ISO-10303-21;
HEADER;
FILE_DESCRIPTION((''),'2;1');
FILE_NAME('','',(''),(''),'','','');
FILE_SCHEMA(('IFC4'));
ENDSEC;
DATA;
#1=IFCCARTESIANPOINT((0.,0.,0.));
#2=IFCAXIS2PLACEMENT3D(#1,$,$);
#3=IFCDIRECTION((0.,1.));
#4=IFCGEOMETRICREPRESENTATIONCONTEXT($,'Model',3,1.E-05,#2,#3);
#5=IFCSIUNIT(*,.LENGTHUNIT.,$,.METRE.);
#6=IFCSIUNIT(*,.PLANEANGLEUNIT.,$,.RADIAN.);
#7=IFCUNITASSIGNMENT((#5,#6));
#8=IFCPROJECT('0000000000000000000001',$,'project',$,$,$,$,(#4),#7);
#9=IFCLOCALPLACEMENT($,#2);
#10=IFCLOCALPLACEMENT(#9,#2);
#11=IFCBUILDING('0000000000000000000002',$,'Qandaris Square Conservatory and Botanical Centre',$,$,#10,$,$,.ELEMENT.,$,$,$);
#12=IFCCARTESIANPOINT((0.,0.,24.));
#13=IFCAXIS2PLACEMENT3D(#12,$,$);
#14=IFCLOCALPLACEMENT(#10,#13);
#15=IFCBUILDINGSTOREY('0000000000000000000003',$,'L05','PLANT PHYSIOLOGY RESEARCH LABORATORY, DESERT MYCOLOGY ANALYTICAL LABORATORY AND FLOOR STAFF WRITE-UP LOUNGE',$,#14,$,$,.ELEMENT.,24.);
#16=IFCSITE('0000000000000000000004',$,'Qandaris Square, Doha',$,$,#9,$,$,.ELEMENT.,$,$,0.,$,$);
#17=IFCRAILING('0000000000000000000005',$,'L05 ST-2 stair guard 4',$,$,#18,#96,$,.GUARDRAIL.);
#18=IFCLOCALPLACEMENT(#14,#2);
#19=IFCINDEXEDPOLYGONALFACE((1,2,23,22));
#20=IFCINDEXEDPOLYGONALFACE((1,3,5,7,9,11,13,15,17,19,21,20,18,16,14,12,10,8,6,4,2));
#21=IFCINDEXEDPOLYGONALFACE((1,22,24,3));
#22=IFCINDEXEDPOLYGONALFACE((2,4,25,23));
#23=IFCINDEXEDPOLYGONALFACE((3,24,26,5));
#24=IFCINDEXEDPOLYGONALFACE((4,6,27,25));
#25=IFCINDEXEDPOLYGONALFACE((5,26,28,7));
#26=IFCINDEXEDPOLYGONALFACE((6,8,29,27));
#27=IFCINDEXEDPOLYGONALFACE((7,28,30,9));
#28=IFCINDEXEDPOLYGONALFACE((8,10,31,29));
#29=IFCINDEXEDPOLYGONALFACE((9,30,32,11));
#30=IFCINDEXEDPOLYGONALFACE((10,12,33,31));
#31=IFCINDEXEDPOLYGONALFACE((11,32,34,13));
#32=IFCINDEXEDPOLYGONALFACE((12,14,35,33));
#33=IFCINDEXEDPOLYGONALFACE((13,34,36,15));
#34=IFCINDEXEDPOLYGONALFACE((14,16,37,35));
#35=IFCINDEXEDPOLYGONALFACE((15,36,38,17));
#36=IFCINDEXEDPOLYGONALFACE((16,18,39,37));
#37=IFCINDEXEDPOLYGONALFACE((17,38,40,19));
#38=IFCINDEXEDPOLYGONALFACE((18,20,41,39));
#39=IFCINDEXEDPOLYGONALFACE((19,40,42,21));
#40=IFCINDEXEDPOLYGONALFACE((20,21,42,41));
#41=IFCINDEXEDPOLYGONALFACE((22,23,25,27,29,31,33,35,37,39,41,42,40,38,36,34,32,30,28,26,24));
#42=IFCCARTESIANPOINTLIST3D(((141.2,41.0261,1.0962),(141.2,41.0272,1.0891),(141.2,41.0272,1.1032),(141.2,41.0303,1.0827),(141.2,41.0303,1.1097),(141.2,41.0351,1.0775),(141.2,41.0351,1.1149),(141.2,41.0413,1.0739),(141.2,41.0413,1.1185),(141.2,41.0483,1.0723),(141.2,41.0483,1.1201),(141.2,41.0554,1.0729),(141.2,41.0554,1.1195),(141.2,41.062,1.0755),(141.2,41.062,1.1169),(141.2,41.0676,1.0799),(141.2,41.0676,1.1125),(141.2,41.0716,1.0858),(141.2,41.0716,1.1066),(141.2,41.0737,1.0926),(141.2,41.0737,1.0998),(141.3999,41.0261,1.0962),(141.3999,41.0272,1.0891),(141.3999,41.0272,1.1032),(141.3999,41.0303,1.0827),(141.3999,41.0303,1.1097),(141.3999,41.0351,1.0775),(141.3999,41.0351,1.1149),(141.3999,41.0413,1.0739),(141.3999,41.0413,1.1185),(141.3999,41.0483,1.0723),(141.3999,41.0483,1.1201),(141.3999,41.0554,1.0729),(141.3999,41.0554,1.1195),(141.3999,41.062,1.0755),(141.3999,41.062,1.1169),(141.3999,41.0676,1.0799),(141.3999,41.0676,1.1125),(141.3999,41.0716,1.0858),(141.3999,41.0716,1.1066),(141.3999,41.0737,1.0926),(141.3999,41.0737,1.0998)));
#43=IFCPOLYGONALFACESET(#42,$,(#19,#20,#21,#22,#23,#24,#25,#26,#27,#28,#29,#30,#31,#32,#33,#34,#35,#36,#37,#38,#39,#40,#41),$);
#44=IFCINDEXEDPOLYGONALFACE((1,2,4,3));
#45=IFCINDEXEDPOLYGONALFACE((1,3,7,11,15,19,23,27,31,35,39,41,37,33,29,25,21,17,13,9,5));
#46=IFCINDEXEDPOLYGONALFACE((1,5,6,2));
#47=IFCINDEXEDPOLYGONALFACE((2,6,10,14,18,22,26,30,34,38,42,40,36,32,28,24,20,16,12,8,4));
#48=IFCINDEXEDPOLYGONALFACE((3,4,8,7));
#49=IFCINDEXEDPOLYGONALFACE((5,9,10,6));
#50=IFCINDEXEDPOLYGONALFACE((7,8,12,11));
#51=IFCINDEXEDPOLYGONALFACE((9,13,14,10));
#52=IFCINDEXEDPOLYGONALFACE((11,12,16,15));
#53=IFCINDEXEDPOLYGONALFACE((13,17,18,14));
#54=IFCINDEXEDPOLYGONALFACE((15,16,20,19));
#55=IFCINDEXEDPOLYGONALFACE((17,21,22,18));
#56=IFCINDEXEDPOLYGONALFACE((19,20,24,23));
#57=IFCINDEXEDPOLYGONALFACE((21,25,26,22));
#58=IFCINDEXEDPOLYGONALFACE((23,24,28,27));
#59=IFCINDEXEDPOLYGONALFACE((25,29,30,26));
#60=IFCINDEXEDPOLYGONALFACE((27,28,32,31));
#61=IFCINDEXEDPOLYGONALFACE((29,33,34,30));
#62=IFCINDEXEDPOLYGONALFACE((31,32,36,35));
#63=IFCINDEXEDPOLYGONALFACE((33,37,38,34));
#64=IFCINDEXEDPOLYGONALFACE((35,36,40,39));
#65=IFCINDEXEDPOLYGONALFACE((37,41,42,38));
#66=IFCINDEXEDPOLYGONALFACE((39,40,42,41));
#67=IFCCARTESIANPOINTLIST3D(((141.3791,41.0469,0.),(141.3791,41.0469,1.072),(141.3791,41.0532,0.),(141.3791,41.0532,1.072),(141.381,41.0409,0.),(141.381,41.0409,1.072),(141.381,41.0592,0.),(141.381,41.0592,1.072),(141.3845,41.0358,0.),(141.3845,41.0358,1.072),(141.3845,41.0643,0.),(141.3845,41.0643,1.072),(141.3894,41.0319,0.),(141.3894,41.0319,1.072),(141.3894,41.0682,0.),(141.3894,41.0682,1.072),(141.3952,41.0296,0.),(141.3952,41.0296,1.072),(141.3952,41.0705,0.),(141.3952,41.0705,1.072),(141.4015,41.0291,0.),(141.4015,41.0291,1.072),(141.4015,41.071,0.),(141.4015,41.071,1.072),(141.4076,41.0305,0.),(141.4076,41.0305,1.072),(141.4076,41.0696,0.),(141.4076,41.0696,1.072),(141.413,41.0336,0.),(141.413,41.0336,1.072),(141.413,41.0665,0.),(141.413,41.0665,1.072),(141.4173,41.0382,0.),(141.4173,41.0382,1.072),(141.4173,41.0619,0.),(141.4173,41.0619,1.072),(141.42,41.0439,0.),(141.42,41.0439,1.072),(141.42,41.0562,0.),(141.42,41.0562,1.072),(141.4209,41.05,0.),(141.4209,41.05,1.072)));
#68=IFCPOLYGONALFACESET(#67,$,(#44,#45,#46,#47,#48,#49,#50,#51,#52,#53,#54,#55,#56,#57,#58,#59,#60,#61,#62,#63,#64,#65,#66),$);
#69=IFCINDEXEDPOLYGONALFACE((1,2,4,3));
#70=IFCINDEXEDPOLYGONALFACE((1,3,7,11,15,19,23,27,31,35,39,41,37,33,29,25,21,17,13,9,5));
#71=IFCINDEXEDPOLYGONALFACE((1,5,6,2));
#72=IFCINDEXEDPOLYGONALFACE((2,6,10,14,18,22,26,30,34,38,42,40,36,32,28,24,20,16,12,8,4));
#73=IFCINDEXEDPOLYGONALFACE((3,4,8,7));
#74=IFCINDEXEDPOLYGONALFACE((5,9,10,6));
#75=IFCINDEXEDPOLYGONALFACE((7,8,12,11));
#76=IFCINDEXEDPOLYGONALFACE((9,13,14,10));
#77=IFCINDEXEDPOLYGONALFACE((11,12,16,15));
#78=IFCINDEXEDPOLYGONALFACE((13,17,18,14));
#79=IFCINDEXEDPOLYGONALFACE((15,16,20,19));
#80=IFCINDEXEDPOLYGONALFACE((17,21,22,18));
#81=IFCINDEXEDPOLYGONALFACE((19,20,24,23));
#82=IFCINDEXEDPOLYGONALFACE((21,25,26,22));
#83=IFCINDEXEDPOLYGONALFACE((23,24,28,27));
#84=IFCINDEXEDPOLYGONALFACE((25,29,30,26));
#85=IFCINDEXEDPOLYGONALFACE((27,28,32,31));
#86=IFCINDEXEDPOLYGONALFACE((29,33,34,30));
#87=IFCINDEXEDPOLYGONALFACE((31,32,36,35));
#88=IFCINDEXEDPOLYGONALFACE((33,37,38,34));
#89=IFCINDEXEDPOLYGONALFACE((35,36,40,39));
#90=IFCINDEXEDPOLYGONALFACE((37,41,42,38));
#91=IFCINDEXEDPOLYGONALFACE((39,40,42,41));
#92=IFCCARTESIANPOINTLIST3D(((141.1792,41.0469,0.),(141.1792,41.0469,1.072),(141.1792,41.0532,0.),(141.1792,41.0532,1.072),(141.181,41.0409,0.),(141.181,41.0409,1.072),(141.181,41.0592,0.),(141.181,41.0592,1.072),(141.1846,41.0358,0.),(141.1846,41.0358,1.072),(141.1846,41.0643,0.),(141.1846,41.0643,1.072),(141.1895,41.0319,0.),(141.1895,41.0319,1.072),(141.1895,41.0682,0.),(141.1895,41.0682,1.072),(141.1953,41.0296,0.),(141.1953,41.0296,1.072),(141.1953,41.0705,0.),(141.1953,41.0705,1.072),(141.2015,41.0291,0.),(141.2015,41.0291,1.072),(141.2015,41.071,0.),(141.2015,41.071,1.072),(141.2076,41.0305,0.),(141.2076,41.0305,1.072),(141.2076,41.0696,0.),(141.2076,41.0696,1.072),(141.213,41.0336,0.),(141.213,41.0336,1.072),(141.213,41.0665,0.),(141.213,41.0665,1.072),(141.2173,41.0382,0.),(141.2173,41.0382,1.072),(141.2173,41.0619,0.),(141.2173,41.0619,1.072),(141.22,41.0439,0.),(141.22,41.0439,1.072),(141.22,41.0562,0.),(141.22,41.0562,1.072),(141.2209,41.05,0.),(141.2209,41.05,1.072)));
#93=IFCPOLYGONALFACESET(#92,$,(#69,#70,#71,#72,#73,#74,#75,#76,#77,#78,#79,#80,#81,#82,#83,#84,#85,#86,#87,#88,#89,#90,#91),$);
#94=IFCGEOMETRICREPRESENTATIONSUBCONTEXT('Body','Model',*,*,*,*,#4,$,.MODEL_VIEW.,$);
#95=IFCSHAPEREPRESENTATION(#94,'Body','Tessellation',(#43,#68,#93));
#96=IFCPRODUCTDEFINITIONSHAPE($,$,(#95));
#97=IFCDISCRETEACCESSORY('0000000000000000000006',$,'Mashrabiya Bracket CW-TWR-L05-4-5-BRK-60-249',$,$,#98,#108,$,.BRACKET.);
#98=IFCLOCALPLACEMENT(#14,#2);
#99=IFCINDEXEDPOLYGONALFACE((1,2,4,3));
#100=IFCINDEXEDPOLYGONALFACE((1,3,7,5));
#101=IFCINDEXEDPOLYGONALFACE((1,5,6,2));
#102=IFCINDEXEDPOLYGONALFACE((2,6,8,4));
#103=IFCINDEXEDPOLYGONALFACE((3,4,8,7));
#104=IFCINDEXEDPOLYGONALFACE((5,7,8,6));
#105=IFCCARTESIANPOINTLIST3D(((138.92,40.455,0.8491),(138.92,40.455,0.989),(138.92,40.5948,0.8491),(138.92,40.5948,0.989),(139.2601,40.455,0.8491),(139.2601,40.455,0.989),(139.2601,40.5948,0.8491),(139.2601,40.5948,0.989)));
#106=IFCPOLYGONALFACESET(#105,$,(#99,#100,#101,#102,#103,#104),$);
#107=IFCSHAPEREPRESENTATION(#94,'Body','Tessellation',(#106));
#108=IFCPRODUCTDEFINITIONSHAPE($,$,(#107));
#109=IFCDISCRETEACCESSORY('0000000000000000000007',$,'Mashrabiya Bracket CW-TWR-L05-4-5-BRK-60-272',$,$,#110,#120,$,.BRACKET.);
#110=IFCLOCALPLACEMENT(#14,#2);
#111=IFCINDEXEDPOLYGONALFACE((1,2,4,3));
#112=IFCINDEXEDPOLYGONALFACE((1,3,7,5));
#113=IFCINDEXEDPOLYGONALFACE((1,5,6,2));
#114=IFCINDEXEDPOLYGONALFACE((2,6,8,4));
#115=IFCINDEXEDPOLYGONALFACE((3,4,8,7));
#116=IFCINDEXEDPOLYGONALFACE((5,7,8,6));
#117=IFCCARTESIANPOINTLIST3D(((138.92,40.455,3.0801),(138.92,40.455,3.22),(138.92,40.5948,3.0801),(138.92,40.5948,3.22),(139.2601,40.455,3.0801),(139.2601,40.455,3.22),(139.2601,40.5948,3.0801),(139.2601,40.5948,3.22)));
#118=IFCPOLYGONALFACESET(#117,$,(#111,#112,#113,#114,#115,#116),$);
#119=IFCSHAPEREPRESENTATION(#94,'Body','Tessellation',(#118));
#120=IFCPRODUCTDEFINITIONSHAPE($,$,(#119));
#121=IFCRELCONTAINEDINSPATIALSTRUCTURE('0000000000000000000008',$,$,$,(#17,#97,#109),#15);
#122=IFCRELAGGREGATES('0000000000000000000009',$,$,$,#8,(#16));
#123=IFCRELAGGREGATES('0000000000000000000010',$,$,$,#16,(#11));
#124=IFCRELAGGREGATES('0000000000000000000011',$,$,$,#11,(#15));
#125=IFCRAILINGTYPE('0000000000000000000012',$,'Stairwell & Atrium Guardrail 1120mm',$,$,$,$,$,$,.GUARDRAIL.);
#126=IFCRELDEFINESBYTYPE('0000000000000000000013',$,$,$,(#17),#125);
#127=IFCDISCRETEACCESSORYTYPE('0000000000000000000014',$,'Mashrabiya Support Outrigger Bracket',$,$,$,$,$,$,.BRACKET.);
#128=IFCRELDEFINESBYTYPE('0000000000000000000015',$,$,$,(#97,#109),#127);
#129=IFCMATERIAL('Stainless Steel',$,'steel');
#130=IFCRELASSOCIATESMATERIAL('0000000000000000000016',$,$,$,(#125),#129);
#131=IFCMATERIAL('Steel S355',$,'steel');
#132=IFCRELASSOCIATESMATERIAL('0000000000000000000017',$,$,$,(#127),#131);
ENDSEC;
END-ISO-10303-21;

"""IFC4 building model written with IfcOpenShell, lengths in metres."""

from ifc_helpers import new_model, si_unit, direction, frame, origin, origin_2d, place, context, subcontext, project, spatial, rectangle, circle, extrude, material, type_object, element, save


model = new_model("IFC4")

# Units and contexts
model_context = context("Model", 3, precision=1e-05, world=origin(), true_north=direction((0.0, 1.0)))
body_context = subcontext(model_context, "Body", "Model", "MODEL_VIEW")
ifc_project = project(units=[si_unit("LENGTHUNIT", "METRE"), si_unit("PLANEANGLEUNIT", "RADIAN")], contexts=[model_context])

# Site, building, storey
site_placement = place(None, origin())
site = spatial("IfcSite", under=ifc_project, at=site_placement, Name="Qandaris Square, Doha", CompositionType="ELEMENT", RefElevation=0.0)
building_placement = place(site_placement, origin())
building = spatial("IfcBuilding", under=site, at=building_placement, Name="Qandaris Square Conservatory and Botanical Centre", CompositionType="ELEMENT")
storey_placement = place(building_placement, frame((0.0, 0.0, 24.0)))
storey = spatial("IfcBuildingStorey", under=building, at=storey_placement, Name="L05", Description="PLANT PHYSIOLOGY RESEARCH LABORATORY, DESERT MYCOLOGY ANALYTICAL LABORATORY AND FLOOR STAFF WRITE-UP LOUNGE", CompositionType="ELEMENT", Elevation=24.0)

# Shared definitions
ifc_material_1 = material(Name="Steel S355", Category="steel")

# Railing
ifc_material_2 = material(Name="Stainless Steel", Category="steel")
railing_type_1 = type_object("IfcRailingType", Name="Stairwell & Atrium Guardrail 1120mm", PredefinedType="GUARDRAIL", material=ifc_material_2)
railing_1_placement = place(storey_placement, frame((141.3999, 41.05, 0.0)))
element("IfcRailing", 1, at=railing_1_placement, inside=storey, type_object=railing_type_1, Name="L05 ST-2 stair guard 4", PredefinedType="GUARDRAIL", context=body_context, shape_type="SweptSolid", body=[
    extrude(circle(Radius=0.0239, at=origin_2d()), frame((0.0, 0.0, 1.0962), z_axis=(-1.0, 0.0, 0.0), x_axis=(0.0, -1.0, 0.0)), (0.0, 0.0, 1.0), 0.2),
    extrude(circle(Radius=0.021, at=origin_2d()), origin(), (0.0, 0.0, 1.0), 1.072),
    extrude(circle(Radius=0.021, at=origin_2d()), frame((-0.2, 0.0, 0.0)), (0.0, 0.0, 1.0), 1.072),
])

# Discrete accessories
discrete_accessory_type = type_object("IfcDiscreteAccessoryType", Name="Mashrabiya Support Outrigger Bracket", PredefinedType="BRACKET", material=ifc_material_1)
for number, where, z_axis, x_axis, name in (
    (2, (139.0901, 40.5249, 0.8491), (0.0, 0.0, 1.0), (0.0, -1.0, 0.0), "Mashrabiya Bracket CW-TWR-L05-4-5-BRK-60-249"),
    (3, (139.0901, 40.5249, 3.0801), (0.0, 0.0, 1.0), (0.0, -1.0, 0.0), "Mashrabiya Bracket CW-TWR-L05-4-5-BRK-60-272"),
):
    element("IfcDiscreteAccessory", number, at=place(storey_placement, frame(where, z_axis=z_axis, x_axis=x_axis)), inside=storey, type_object=discrete_accessory_type, Name=name, PredefinedType="BRACKET", context=body_context, shape_type="SweptSolid", body=[
        extrude(rectangle(XDim=0.1399, YDim=0.3401, at=origin_2d()), origin(), (0.0, 0.0, 1.0), 0.1399),
    ])

save(model, "model.ifc")
